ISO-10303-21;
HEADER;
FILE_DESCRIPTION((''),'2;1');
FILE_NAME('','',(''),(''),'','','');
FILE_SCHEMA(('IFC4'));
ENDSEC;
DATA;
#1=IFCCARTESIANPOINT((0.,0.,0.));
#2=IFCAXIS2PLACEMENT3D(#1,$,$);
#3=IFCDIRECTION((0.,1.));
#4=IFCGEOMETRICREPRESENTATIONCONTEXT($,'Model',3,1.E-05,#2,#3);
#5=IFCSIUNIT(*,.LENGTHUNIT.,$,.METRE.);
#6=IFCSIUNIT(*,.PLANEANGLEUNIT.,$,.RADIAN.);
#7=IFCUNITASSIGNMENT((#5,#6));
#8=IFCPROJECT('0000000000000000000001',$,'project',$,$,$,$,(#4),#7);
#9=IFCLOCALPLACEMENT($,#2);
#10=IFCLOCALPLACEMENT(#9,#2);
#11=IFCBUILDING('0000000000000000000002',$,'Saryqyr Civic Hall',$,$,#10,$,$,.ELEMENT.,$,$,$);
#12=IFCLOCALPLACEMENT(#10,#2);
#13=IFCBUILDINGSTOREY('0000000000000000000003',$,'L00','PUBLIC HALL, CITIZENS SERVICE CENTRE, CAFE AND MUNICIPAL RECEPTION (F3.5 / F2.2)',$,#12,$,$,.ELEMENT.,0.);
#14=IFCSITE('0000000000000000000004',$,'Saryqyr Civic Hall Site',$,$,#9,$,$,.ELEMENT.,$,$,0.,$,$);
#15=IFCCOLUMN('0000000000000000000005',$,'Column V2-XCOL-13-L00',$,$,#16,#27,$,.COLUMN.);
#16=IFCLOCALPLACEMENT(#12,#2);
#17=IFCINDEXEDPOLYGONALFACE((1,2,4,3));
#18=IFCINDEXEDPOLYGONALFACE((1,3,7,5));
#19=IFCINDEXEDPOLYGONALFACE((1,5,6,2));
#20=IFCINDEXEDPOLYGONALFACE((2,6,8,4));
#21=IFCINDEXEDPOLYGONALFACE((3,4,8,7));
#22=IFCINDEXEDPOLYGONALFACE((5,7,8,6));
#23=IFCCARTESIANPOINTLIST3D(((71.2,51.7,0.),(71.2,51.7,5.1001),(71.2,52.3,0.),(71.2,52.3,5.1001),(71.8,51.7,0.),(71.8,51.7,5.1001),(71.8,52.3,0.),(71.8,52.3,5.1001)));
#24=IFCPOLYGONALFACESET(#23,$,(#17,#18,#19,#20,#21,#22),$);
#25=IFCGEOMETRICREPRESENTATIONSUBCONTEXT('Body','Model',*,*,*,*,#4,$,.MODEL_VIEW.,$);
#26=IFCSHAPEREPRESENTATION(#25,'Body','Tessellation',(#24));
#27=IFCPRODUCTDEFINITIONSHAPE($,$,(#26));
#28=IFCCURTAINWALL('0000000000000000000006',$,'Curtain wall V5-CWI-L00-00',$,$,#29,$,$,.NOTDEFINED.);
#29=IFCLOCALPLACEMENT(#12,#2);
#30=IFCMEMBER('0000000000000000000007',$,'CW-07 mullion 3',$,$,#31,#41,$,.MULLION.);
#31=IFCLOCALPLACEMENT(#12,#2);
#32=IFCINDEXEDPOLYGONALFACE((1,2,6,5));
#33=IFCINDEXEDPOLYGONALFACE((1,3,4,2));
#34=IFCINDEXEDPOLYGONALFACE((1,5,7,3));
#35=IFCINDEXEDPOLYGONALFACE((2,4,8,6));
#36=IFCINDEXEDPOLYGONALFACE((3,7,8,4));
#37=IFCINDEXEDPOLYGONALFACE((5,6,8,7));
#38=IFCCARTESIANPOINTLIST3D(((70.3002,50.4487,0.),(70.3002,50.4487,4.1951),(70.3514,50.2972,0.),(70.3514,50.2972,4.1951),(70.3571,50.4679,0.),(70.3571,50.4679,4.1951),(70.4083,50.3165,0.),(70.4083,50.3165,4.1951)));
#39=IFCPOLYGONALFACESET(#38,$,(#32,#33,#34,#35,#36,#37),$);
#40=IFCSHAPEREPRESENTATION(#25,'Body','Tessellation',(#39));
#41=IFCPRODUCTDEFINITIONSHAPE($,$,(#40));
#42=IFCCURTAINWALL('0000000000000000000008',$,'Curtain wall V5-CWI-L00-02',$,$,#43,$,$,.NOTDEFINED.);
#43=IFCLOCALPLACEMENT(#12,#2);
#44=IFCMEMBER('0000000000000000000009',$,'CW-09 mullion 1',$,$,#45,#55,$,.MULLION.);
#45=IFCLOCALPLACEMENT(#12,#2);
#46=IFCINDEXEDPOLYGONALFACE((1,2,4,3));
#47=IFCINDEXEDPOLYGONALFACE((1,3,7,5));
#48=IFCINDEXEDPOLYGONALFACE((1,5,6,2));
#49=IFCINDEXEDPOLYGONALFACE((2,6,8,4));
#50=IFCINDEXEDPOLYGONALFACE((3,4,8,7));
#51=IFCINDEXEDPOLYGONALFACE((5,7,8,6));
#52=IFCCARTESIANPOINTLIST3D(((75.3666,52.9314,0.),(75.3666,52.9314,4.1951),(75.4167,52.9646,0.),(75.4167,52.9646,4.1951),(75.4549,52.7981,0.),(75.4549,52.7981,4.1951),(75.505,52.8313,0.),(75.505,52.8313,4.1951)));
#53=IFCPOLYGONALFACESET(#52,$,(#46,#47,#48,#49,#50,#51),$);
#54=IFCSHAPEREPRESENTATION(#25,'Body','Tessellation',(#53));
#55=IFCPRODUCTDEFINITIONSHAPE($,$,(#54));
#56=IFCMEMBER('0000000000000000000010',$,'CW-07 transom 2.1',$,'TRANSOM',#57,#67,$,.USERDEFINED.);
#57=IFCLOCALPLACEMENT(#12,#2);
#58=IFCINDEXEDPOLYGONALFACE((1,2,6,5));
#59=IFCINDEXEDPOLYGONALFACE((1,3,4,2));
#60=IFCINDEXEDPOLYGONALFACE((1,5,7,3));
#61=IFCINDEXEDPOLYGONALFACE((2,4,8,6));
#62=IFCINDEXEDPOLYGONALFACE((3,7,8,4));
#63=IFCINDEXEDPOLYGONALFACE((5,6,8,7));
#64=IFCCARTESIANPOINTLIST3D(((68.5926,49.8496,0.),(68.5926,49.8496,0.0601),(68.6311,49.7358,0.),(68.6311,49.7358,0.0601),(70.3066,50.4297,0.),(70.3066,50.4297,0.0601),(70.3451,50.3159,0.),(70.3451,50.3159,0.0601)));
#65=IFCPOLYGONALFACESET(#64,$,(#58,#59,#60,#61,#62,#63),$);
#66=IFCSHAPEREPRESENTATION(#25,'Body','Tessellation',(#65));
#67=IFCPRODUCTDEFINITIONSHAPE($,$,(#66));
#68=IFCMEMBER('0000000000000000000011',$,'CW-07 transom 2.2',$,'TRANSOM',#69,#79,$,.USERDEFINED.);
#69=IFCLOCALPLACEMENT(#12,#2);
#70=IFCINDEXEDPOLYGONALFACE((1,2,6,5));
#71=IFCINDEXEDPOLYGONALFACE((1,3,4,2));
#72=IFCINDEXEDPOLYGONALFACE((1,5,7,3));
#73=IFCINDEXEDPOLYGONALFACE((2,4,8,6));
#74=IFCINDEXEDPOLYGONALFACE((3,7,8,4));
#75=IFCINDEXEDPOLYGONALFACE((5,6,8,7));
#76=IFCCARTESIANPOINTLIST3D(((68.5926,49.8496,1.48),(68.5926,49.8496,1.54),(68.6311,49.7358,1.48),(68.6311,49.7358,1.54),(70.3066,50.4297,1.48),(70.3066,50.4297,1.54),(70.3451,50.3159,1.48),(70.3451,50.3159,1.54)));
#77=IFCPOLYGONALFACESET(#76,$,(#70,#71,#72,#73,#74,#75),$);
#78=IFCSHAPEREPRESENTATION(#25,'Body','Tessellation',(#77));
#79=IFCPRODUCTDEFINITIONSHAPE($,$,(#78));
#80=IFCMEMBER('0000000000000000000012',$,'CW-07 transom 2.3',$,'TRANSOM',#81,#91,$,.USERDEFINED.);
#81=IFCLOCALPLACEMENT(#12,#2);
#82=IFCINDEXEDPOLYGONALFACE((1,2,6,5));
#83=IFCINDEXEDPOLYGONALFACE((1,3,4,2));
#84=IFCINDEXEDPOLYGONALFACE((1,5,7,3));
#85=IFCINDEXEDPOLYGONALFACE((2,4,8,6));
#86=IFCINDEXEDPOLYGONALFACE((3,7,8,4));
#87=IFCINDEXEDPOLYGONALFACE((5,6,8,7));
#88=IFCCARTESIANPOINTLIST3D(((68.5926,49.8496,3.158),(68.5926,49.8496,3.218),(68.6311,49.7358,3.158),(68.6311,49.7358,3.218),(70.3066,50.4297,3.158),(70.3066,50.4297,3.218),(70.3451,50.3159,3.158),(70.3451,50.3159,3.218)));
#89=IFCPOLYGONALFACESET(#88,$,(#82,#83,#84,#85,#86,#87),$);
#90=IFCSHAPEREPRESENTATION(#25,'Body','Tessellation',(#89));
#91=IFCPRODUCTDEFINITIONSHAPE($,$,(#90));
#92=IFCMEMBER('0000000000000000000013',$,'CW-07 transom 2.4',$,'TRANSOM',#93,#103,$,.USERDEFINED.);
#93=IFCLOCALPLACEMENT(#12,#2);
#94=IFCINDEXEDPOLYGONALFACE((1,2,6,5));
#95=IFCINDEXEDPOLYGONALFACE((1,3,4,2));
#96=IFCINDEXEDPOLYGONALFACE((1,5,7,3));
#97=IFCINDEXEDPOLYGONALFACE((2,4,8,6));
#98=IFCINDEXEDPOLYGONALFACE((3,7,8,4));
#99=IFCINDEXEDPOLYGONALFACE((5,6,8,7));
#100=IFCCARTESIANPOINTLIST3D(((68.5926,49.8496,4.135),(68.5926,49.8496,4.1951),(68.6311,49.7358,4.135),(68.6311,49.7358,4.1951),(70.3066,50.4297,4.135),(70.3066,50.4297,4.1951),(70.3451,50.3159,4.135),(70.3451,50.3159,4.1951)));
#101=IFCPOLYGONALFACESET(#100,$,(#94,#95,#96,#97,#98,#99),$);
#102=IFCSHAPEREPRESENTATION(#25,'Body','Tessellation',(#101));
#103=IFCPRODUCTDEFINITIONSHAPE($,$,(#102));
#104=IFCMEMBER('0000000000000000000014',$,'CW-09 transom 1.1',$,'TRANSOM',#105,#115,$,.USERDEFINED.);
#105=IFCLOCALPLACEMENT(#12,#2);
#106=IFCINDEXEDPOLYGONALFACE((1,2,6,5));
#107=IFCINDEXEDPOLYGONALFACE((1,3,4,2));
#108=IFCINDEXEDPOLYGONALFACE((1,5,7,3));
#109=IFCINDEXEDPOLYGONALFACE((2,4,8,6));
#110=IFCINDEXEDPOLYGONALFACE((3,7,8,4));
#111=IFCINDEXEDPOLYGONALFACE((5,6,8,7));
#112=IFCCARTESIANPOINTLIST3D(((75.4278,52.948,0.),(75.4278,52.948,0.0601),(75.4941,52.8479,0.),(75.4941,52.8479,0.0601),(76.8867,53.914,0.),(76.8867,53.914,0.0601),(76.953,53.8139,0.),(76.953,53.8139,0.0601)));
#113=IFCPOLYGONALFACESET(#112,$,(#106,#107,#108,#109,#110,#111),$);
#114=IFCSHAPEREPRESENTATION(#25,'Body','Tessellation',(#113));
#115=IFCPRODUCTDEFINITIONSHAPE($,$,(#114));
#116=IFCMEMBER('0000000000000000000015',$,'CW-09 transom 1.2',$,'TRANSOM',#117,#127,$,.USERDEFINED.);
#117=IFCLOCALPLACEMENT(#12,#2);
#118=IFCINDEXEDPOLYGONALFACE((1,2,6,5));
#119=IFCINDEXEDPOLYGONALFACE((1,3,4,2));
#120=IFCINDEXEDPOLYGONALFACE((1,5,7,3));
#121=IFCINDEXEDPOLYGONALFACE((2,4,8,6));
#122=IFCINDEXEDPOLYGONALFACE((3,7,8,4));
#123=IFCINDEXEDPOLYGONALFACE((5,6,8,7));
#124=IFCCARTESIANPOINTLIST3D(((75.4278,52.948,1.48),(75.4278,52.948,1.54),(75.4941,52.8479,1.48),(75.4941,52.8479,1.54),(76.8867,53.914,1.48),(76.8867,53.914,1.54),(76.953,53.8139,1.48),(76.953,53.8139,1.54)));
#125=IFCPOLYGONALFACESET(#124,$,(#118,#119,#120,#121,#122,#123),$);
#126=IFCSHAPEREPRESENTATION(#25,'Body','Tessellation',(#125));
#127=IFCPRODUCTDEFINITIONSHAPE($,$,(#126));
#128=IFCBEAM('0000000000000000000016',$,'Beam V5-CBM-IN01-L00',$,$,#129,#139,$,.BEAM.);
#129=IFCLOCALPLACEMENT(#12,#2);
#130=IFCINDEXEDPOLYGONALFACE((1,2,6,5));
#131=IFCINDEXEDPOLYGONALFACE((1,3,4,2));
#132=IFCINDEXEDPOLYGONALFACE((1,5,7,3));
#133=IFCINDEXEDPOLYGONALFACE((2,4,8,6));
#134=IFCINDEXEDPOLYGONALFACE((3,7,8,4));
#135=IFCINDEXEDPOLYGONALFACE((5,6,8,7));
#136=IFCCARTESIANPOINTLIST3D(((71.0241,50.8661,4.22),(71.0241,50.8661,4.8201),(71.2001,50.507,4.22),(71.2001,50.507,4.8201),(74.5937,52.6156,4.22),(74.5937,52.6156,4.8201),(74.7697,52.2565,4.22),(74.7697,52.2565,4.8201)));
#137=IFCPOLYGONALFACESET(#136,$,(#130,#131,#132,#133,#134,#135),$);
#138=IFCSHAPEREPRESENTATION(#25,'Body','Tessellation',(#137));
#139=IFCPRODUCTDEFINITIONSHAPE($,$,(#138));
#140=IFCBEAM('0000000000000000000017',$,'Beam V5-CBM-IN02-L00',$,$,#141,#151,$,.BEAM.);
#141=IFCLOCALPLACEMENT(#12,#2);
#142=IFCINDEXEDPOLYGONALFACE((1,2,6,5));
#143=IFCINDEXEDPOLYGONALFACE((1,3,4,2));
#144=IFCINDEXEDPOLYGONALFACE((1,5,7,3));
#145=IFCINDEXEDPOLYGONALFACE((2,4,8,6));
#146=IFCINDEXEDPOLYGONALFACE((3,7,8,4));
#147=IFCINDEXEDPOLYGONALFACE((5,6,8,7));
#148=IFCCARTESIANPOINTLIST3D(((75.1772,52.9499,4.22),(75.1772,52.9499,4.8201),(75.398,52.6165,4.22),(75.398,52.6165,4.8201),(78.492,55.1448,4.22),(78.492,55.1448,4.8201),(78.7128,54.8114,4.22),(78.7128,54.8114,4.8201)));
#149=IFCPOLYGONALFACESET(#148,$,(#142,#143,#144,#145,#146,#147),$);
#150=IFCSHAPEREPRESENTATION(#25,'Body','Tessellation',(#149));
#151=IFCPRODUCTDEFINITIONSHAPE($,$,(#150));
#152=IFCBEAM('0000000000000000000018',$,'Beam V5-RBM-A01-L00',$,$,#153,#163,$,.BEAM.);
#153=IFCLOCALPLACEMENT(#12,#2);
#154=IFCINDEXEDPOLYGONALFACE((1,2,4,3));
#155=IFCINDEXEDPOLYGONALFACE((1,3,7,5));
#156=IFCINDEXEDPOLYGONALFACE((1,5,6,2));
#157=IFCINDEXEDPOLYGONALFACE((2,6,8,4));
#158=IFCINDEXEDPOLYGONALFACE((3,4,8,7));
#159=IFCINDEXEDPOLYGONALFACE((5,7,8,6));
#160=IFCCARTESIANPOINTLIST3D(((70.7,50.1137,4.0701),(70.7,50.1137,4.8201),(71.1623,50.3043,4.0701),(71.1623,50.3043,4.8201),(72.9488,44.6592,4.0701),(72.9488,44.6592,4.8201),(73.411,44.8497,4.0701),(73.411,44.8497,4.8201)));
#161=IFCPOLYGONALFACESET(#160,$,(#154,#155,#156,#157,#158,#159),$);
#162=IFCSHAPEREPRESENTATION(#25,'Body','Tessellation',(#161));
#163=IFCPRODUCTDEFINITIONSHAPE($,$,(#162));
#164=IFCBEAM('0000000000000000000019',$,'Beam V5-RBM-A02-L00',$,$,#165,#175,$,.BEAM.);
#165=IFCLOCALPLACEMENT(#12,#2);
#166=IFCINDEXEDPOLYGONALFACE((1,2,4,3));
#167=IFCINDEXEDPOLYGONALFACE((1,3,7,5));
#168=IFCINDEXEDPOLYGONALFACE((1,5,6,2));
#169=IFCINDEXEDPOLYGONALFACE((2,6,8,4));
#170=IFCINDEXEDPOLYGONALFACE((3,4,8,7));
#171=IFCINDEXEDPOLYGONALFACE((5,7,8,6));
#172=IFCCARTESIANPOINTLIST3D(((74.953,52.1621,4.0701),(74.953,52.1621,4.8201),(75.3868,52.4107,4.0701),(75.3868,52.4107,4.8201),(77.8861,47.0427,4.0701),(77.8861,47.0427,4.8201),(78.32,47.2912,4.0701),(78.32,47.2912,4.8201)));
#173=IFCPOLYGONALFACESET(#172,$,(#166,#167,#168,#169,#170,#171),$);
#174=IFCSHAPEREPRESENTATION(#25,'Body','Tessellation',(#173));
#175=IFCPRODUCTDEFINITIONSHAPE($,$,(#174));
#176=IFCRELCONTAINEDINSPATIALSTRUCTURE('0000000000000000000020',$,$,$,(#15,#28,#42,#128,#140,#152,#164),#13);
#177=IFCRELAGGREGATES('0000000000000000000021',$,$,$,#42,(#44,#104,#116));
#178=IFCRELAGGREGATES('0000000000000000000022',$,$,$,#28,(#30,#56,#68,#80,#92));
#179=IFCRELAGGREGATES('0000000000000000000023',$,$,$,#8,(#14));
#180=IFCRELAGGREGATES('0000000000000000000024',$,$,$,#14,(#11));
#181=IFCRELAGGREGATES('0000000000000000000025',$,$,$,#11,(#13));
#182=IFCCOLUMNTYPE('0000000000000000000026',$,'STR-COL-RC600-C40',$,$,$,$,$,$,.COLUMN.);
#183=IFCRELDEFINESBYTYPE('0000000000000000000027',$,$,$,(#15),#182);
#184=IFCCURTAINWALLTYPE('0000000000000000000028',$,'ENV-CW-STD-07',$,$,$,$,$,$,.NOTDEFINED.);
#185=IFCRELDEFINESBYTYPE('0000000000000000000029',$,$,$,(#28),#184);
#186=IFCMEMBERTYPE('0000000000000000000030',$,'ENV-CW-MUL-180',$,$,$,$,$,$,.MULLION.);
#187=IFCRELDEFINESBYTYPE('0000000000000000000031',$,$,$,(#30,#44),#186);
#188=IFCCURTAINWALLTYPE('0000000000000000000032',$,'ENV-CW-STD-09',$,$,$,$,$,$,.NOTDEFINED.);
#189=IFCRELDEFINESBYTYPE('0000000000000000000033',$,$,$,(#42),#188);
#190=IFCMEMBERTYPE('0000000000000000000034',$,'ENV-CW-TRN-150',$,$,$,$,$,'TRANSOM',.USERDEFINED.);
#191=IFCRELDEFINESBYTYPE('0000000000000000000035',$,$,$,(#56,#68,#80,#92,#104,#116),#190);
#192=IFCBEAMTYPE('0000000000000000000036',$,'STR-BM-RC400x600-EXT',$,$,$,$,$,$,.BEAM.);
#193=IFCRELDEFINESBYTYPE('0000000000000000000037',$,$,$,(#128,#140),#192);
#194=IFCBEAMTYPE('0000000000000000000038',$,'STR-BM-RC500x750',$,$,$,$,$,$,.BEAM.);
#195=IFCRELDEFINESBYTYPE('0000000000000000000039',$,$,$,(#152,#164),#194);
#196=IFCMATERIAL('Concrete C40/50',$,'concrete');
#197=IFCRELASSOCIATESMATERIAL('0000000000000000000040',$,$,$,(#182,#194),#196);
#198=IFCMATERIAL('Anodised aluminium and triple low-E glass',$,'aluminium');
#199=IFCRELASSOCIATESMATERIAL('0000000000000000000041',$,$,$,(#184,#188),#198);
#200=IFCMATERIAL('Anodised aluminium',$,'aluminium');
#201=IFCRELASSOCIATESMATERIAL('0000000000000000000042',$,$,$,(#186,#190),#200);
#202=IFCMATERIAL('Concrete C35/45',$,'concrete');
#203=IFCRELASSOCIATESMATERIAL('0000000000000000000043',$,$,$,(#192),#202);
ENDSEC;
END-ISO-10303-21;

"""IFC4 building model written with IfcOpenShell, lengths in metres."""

from ifc_helpers import new_model, si_unit, direction, frame, origin, origin_2d, place, context, subcontext, project, spatial, rectangle, extrude, material, material_profile, profile_set, type_object, element, aggregate, save


model = new_model("IFC4")

# Units and contexts
model_context = context("Model", 3, precision=1e-05, world=origin(), true_north=direction((0.0, 1.0)))
body_context = subcontext(model_context, "Body", "Model", "MODEL_VIEW")
ifc_project = project(units=[si_unit("LENGTHUNIT", "METRE"), si_unit("PLANEANGLEUNIT", "RADIAN")], contexts=[model_context])

# Site, building, storey
site_placement = place(None, origin())
site = spatial("IfcSite", under=ifc_project, at=site_placement, Name="Saryqyr Civic Hall Site", CompositionType="ELEMENT", RefElevation=0.0)
building_placement = place(site_placement, origin())
building = spatial("IfcBuilding", under=site, at=building_placement, Name="Saryqyr Civic Hall", CompositionType="ELEMENT")
storey_placement = place(building_placement, origin())
storey = spatial("IfcBuildingStorey", under=building, at=storey_placement, Name="L00", Description="PUBLIC HALL, CITIZENS SERVICE CENTRE, CAFE AND MUNICIPAL RECEPTION (F3.5 / F2.2)", CompositionType="ELEMENT", Elevation=0.0)

# Column
ifc_material_1 = material(Name="Concrete C40/50", Category="concrete")
ifc_material_profile_1 = material_profile(ifc_material_1, rectangle(XDim=0.6001, YDim=0.6001, at=origin_2d()), Name="RC 600x600")
ifc_profile_set_1 = profile_set([ifc_material_profile_1], Name="Concrete C40/50")
column_type_1 = type_object("IfcColumnType", Name="STR-COL-RC600-C40", PredefinedType="COLUMN", material=ifc_profile_set_1)
column_placement = place(storey_placement, frame((71.5, 52.0, 0.0), z_axis=(0.0, 0.0, 1.0), x_axis=(1.0, 0.0, 0.0)))
element("IfcColumn", 1, at=column_placement, inside=storey, type_object=column_type_1, Name="Column V2-XCOL-13-L00", PredefinedType="COLUMN", context=body_context, shape_type="SweptSolid", body=[
    extrude(rectangle(XDim=0.6001, YDim=0.6001, at=origin_2d()), origin(), (0.0, 0.0, 1.0), 5.1001),
])

# Curtain walls, members
ifc_material_2 = material(Name="Anodised aluminium and triple low-E glass", Category="aluminium")
curtain_wall_type_1 = type_object("IfcCurtainWallType", Name="ENV-CW-STD-07", PredefinedType="NOTDEFINED", material=ifc_material_2)
curtain_wall_1_placement = place(storey_placement, origin())
curtain_wall_1 = element("IfcCurtainWall", 2, at=curtain_wall_1_placement, inside=storey, type_object=curtain_wall_type_1, Name="Curtain wall V5-CWI-L00-00", PredefinedType="NOTDEFINED")
ifc_material_3 = material(Name="Anodised aluminium", Category="aluminium")
ifc_material_profile_2 = material_profile(ifc_material_3, rectangle(XDim=0.0601, YDim=0.1599, at=origin_2d()), Name="ALU MULLION 60x160")
ifc_profile_set_2 = profile_set([ifc_material_profile_2], Name="Anodised aluminium")
member_type_1 = type_object("IfcMemberType", Name="ENV-CW-MUL-180", PredefinedType="MULLION", material=ifc_profile_set_2)
member_1_placement = place(storey_placement, frame((70.3542, 50.3826, 0.0), z_axis=(0.0, 0.0, 1.0), x_axis=(0.947204, 0.320631, 0.0)))
member_1 = element("IfcMember", 3, at=member_1_placement, type_object=member_type_1, Name="CW-07 mullion 3", PredefinedType="MULLION", context=body_context, shape_type="SweptSolid", body=[
    extrude(rectangle(XDim=0.0601, YDim=0.1599, at=origin_2d()), origin(), (0.0, 0.0, 1.0), 4.1951),
])
curtain_wall_type_2 = type_object("IfcCurtainWallType", Name="ENV-CW-STD-09", PredefinedType="NOTDEFINED", material=ifc_material_2)
curtain_wall_2_placement = place(storey_placement, origin())
curtain_wall_2 = element("IfcCurtainWall", 4, at=curtain_wall_2_placement, inside=storey, type_object=curtain_wall_type_2, Name="Curtain wall V5-CWI-L00-02", PredefinedType="NOTDEFINED")
member_2_placement = place(storey_placement, frame((75.4358, 52.8813, 0.0), z_axis=(0.0, 0.0, 1.0), x_axis=(0.833765, 0.55212, 0.0)))
member_2 = element("IfcMember", 5, at=member_2_placement, type_object=member_type_1, Name="CW-09 mullion 1", PredefinedType="MULLION", context=body_context, shape_type="SweptSolid", body=[
    extrude(rectangle(XDim=0.0601, YDim=0.1599, at=origin_2d()), origin(), (0.0, 0.0, 1.0), 4.1951),
])

# Members
ifc_material_profile_3 = material_profile(ifc_material_3, rectangle(XDim=0.1201, YDim=0.0601, at=origin_2d()), Name="ALU TRANSOM 120x60")
ifc_profile_set_3 = profile_set([ifc_material_profile_3], Name="Anodised aluminium")
member_type_2 = type_object("IfcMemberType", Name="ENV-CW-TRN-150", ElementType="TRANSOM", PredefinedType="USERDEFINED", material=ifc_profile_set_3)
member_3_placement = place(storey_placement, frame((68.6118, 49.7927, 0.03), z_axis=(0.94723, 0.320555, 0.0), x_axis=(-0.320555, 0.94723, 0.0)))
member_3 = element("IfcMember", 6, at=member_3_placement, type_object=member_type_2, Name="CW-07 transom 2.1", ObjectType="TRANSOM", PredefinedType="USERDEFINED", context=body_context, shape_type="SweptSolid", body=[
    extrude(rectangle(XDim=0.1201, YDim=0.0601, at=origin_2d()), origin(), (0.0, 0.0, 1.0), 1.8096),
])
member_4_placement = place(storey_placement, frame((68.6118, 49.7927, 1.51), z_axis=(0.94723, 0.320555, 0.0), x_axis=(-0.320555, 0.94723, 0.0)))
member_4 = element("IfcMember", 7, at=member_4_placement, type_object=member_type_2, Name="CW-07 transom 2.2", ObjectType="TRANSOM", PredefinedType="USERDEFINED", context=body_context, shape_type="SweptSolid", body=[
    extrude(rectangle(XDim=0.1201, YDim=0.0601, at=origin_2d()), origin(), (0.0, 0.0, 1.0), 1.8096),
])
member_5_placement = place(storey_placement, frame((68.6118, 49.7927, 3.188), z_axis=(0.94723, 0.320555, 0.0), x_axis=(-0.320555, 0.94723, 0.0)))
member_5 = element("IfcMember", 8, at=member_5_placement, type_object=member_type_2, Name="CW-07 transom 2.3", ObjectType="TRANSOM", PredefinedType="USERDEFINED", context=body_context, shape_type="SweptSolid", body=[
    extrude(rectangle(XDim=0.1201, YDim=0.0601, at=origin_2d()), origin(), (0.0, 0.0, 1.0), 1.8096),
])
member_6_placement = place(storey_placement, frame((68.6118, 49.7927, 4.165), z_axis=(0.94723, 0.320555, 0.0), x_axis=(-0.320555, 0.94723, 0.0)))
member_6 = element("IfcMember", 9, at=member_6_placement, type_object=member_type_2, Name="CW-07 transom 2.4", ObjectType="TRANSOM", PredefinedType="USERDEFINED", context=body_context, shape_type="SweptSolid", body=[
    extrude(rectangle(XDim=0.1201, YDim=0.0601, at=origin_2d()), origin(), (0.0, 0.0, 1.0), 1.8096),
])
member_7_placement = place(storey_placement, frame((75.4609, 52.8979, 0.03), z_axis=(0.833785, 0.552089, 0.0), x_axis=(-0.552089, 0.833785, 0.0)))
member_7 = element("IfcMember", 10, at=member_7_placement, type_object=member_type_2, Name="CW-09 transom 1.1", ObjectType="TRANSOM", PredefinedType="USERDEFINED", context=body_context, shape_type="SweptSolid", body=[
    extrude(rectangle(XDim=0.1201, YDim=0.0601, at=origin_2d()), origin(), (0.0, 0.0, 1.0), 1.7498),
])
member_8_placement = place(storey_placement, frame((75.4609, 52.8979, 1.51), z_axis=(0.833785, 0.552089, 0.0), x_axis=(-0.552089, 0.833785, 0.0)))
member_8 = element("IfcMember", 11, at=member_8_placement, type_object=member_type_2, Name="CW-09 transom 1.2", ObjectType="TRANSOM", PredefinedType="USERDEFINED", context=body_context, shape_type="SweptSolid", body=[
    extrude(rectangle(XDim=0.1201, YDim=0.0601, at=origin_2d()), origin(), (0.0, 0.0, 1.0), 1.7498),
])
aggregate(curtain_wall_2, [member_2, member_7, member_8])

# Beams
ifc_material_4 = material(Name="Concrete C35/45", Category="concrete")
ifc_material_profile_4 = material_profile(ifc_material_4, rectangle(XDim=0.3999, YDim=0.6001, at=origin_2d()), Name="RC 400x600")
ifc_profile_set_4 = profile_set([ifc_material_profile_4], Name="Concrete C35/45")
beam_type_1 = type_object("IfcBeamType", Name="STR-BM-RC400x600-EXT", PredefinedType="BEAM", material=ifc_profile_set_4)
beam_1_placement = place(storey_placement, frame((71.1121, 50.6865, 4.52), z_axis=(0.897949, 0.4401, 0.0), x_axis=(-0.4401, 0.897949, 0.0)))
element("IfcBeam", 12, at=beam_1_placement, inside=storey, type_object=beam_type_1, Name="Beam V5-CBM-IN01-L00", PredefinedType="BEAM", context=body_context, shape_type="SweptSolid", body=[
    extrude(rectangle(XDim=0.3999, YDim=0.6001, at=origin_2d()), origin(), (0.0, 0.0, 1.0), 3.9753),
])
beam_2_placement = place(storey_placement, frame((75.2876, 52.7832, 4.52), z_axis=(0.833785, 0.55209, 0.0), x_axis=(-0.55209, 0.833785, 0.0)))
element("IfcBeam", 13, at=beam_2_placement, inside=storey, type_object=beam_type_1, Name="Beam V5-CBM-IN02-L00", PredefinedType="BEAM", context=body_context, shape_type="SweptSolid", body=[
    extrude(rectangle(XDim=0.3999, YDim=0.6001, at=origin_2d()), origin(), (0.0, 0.0, 1.0), 3.9756),
])
ifc_material_profile_5 = material_profile(ifc_material_1, rectangle(XDim=0.5, YDim=0.75, at=origin_2d()), Name="RC 500x750")
ifc_profile_set_5 = profile_set([ifc_material_profile_5], Name="Concrete C40/50")
beam_type_2 = type_object("IfcBeamType", Name="STR-BM-RC500x750", PredefinedType="BEAM", material=ifc_profile_set_5)
beam_3_placement = place(storey_placement, frame((70.9312, 50.209, 4.4451), z_axis=(0.381151, -0.924513, 0.0), x_axis=(0.924513, 0.381151, 0.0)))
element("IfcBeam", 14, at=beam_3_placement, inside=storey, type_object=beam_type_2, Name="Beam V5-RBM-A01-L00", PredefinedType="BEAM", context=body_context, shape_type="SweptSolid", body=[
    extrude(rectangle(XDim=0.5, YDim=0.75, at=origin_2d()), origin(), (0.0, 0.0, 1.0), 5.8999),
])
beam_4_placement = place(storey_placement, frame((75.1699, 52.2864, 4.4451), z_axis=(0.497128, -0.867677, 0.0), x_axis=(0.867677, 0.497128, 0.0)))
element("IfcBeam", 15, at=beam_4_placement, inside=storey, type_object=beam_type_2, Name="Beam V5-RBM-A02-L00", PredefinedType="BEAM", context=body_context, shape_type="SweptSolid", body=[
    extrude(rectangle(XDim=0.5, YDim=0.75, at=origin_2d()), origin(), (0.0, 0.0, 1.0), 5.9001),
])

aggregate(curtain_wall_1, [member_1, member_3, member_4, member_5, member_6])

save(model, "model.ifc")
